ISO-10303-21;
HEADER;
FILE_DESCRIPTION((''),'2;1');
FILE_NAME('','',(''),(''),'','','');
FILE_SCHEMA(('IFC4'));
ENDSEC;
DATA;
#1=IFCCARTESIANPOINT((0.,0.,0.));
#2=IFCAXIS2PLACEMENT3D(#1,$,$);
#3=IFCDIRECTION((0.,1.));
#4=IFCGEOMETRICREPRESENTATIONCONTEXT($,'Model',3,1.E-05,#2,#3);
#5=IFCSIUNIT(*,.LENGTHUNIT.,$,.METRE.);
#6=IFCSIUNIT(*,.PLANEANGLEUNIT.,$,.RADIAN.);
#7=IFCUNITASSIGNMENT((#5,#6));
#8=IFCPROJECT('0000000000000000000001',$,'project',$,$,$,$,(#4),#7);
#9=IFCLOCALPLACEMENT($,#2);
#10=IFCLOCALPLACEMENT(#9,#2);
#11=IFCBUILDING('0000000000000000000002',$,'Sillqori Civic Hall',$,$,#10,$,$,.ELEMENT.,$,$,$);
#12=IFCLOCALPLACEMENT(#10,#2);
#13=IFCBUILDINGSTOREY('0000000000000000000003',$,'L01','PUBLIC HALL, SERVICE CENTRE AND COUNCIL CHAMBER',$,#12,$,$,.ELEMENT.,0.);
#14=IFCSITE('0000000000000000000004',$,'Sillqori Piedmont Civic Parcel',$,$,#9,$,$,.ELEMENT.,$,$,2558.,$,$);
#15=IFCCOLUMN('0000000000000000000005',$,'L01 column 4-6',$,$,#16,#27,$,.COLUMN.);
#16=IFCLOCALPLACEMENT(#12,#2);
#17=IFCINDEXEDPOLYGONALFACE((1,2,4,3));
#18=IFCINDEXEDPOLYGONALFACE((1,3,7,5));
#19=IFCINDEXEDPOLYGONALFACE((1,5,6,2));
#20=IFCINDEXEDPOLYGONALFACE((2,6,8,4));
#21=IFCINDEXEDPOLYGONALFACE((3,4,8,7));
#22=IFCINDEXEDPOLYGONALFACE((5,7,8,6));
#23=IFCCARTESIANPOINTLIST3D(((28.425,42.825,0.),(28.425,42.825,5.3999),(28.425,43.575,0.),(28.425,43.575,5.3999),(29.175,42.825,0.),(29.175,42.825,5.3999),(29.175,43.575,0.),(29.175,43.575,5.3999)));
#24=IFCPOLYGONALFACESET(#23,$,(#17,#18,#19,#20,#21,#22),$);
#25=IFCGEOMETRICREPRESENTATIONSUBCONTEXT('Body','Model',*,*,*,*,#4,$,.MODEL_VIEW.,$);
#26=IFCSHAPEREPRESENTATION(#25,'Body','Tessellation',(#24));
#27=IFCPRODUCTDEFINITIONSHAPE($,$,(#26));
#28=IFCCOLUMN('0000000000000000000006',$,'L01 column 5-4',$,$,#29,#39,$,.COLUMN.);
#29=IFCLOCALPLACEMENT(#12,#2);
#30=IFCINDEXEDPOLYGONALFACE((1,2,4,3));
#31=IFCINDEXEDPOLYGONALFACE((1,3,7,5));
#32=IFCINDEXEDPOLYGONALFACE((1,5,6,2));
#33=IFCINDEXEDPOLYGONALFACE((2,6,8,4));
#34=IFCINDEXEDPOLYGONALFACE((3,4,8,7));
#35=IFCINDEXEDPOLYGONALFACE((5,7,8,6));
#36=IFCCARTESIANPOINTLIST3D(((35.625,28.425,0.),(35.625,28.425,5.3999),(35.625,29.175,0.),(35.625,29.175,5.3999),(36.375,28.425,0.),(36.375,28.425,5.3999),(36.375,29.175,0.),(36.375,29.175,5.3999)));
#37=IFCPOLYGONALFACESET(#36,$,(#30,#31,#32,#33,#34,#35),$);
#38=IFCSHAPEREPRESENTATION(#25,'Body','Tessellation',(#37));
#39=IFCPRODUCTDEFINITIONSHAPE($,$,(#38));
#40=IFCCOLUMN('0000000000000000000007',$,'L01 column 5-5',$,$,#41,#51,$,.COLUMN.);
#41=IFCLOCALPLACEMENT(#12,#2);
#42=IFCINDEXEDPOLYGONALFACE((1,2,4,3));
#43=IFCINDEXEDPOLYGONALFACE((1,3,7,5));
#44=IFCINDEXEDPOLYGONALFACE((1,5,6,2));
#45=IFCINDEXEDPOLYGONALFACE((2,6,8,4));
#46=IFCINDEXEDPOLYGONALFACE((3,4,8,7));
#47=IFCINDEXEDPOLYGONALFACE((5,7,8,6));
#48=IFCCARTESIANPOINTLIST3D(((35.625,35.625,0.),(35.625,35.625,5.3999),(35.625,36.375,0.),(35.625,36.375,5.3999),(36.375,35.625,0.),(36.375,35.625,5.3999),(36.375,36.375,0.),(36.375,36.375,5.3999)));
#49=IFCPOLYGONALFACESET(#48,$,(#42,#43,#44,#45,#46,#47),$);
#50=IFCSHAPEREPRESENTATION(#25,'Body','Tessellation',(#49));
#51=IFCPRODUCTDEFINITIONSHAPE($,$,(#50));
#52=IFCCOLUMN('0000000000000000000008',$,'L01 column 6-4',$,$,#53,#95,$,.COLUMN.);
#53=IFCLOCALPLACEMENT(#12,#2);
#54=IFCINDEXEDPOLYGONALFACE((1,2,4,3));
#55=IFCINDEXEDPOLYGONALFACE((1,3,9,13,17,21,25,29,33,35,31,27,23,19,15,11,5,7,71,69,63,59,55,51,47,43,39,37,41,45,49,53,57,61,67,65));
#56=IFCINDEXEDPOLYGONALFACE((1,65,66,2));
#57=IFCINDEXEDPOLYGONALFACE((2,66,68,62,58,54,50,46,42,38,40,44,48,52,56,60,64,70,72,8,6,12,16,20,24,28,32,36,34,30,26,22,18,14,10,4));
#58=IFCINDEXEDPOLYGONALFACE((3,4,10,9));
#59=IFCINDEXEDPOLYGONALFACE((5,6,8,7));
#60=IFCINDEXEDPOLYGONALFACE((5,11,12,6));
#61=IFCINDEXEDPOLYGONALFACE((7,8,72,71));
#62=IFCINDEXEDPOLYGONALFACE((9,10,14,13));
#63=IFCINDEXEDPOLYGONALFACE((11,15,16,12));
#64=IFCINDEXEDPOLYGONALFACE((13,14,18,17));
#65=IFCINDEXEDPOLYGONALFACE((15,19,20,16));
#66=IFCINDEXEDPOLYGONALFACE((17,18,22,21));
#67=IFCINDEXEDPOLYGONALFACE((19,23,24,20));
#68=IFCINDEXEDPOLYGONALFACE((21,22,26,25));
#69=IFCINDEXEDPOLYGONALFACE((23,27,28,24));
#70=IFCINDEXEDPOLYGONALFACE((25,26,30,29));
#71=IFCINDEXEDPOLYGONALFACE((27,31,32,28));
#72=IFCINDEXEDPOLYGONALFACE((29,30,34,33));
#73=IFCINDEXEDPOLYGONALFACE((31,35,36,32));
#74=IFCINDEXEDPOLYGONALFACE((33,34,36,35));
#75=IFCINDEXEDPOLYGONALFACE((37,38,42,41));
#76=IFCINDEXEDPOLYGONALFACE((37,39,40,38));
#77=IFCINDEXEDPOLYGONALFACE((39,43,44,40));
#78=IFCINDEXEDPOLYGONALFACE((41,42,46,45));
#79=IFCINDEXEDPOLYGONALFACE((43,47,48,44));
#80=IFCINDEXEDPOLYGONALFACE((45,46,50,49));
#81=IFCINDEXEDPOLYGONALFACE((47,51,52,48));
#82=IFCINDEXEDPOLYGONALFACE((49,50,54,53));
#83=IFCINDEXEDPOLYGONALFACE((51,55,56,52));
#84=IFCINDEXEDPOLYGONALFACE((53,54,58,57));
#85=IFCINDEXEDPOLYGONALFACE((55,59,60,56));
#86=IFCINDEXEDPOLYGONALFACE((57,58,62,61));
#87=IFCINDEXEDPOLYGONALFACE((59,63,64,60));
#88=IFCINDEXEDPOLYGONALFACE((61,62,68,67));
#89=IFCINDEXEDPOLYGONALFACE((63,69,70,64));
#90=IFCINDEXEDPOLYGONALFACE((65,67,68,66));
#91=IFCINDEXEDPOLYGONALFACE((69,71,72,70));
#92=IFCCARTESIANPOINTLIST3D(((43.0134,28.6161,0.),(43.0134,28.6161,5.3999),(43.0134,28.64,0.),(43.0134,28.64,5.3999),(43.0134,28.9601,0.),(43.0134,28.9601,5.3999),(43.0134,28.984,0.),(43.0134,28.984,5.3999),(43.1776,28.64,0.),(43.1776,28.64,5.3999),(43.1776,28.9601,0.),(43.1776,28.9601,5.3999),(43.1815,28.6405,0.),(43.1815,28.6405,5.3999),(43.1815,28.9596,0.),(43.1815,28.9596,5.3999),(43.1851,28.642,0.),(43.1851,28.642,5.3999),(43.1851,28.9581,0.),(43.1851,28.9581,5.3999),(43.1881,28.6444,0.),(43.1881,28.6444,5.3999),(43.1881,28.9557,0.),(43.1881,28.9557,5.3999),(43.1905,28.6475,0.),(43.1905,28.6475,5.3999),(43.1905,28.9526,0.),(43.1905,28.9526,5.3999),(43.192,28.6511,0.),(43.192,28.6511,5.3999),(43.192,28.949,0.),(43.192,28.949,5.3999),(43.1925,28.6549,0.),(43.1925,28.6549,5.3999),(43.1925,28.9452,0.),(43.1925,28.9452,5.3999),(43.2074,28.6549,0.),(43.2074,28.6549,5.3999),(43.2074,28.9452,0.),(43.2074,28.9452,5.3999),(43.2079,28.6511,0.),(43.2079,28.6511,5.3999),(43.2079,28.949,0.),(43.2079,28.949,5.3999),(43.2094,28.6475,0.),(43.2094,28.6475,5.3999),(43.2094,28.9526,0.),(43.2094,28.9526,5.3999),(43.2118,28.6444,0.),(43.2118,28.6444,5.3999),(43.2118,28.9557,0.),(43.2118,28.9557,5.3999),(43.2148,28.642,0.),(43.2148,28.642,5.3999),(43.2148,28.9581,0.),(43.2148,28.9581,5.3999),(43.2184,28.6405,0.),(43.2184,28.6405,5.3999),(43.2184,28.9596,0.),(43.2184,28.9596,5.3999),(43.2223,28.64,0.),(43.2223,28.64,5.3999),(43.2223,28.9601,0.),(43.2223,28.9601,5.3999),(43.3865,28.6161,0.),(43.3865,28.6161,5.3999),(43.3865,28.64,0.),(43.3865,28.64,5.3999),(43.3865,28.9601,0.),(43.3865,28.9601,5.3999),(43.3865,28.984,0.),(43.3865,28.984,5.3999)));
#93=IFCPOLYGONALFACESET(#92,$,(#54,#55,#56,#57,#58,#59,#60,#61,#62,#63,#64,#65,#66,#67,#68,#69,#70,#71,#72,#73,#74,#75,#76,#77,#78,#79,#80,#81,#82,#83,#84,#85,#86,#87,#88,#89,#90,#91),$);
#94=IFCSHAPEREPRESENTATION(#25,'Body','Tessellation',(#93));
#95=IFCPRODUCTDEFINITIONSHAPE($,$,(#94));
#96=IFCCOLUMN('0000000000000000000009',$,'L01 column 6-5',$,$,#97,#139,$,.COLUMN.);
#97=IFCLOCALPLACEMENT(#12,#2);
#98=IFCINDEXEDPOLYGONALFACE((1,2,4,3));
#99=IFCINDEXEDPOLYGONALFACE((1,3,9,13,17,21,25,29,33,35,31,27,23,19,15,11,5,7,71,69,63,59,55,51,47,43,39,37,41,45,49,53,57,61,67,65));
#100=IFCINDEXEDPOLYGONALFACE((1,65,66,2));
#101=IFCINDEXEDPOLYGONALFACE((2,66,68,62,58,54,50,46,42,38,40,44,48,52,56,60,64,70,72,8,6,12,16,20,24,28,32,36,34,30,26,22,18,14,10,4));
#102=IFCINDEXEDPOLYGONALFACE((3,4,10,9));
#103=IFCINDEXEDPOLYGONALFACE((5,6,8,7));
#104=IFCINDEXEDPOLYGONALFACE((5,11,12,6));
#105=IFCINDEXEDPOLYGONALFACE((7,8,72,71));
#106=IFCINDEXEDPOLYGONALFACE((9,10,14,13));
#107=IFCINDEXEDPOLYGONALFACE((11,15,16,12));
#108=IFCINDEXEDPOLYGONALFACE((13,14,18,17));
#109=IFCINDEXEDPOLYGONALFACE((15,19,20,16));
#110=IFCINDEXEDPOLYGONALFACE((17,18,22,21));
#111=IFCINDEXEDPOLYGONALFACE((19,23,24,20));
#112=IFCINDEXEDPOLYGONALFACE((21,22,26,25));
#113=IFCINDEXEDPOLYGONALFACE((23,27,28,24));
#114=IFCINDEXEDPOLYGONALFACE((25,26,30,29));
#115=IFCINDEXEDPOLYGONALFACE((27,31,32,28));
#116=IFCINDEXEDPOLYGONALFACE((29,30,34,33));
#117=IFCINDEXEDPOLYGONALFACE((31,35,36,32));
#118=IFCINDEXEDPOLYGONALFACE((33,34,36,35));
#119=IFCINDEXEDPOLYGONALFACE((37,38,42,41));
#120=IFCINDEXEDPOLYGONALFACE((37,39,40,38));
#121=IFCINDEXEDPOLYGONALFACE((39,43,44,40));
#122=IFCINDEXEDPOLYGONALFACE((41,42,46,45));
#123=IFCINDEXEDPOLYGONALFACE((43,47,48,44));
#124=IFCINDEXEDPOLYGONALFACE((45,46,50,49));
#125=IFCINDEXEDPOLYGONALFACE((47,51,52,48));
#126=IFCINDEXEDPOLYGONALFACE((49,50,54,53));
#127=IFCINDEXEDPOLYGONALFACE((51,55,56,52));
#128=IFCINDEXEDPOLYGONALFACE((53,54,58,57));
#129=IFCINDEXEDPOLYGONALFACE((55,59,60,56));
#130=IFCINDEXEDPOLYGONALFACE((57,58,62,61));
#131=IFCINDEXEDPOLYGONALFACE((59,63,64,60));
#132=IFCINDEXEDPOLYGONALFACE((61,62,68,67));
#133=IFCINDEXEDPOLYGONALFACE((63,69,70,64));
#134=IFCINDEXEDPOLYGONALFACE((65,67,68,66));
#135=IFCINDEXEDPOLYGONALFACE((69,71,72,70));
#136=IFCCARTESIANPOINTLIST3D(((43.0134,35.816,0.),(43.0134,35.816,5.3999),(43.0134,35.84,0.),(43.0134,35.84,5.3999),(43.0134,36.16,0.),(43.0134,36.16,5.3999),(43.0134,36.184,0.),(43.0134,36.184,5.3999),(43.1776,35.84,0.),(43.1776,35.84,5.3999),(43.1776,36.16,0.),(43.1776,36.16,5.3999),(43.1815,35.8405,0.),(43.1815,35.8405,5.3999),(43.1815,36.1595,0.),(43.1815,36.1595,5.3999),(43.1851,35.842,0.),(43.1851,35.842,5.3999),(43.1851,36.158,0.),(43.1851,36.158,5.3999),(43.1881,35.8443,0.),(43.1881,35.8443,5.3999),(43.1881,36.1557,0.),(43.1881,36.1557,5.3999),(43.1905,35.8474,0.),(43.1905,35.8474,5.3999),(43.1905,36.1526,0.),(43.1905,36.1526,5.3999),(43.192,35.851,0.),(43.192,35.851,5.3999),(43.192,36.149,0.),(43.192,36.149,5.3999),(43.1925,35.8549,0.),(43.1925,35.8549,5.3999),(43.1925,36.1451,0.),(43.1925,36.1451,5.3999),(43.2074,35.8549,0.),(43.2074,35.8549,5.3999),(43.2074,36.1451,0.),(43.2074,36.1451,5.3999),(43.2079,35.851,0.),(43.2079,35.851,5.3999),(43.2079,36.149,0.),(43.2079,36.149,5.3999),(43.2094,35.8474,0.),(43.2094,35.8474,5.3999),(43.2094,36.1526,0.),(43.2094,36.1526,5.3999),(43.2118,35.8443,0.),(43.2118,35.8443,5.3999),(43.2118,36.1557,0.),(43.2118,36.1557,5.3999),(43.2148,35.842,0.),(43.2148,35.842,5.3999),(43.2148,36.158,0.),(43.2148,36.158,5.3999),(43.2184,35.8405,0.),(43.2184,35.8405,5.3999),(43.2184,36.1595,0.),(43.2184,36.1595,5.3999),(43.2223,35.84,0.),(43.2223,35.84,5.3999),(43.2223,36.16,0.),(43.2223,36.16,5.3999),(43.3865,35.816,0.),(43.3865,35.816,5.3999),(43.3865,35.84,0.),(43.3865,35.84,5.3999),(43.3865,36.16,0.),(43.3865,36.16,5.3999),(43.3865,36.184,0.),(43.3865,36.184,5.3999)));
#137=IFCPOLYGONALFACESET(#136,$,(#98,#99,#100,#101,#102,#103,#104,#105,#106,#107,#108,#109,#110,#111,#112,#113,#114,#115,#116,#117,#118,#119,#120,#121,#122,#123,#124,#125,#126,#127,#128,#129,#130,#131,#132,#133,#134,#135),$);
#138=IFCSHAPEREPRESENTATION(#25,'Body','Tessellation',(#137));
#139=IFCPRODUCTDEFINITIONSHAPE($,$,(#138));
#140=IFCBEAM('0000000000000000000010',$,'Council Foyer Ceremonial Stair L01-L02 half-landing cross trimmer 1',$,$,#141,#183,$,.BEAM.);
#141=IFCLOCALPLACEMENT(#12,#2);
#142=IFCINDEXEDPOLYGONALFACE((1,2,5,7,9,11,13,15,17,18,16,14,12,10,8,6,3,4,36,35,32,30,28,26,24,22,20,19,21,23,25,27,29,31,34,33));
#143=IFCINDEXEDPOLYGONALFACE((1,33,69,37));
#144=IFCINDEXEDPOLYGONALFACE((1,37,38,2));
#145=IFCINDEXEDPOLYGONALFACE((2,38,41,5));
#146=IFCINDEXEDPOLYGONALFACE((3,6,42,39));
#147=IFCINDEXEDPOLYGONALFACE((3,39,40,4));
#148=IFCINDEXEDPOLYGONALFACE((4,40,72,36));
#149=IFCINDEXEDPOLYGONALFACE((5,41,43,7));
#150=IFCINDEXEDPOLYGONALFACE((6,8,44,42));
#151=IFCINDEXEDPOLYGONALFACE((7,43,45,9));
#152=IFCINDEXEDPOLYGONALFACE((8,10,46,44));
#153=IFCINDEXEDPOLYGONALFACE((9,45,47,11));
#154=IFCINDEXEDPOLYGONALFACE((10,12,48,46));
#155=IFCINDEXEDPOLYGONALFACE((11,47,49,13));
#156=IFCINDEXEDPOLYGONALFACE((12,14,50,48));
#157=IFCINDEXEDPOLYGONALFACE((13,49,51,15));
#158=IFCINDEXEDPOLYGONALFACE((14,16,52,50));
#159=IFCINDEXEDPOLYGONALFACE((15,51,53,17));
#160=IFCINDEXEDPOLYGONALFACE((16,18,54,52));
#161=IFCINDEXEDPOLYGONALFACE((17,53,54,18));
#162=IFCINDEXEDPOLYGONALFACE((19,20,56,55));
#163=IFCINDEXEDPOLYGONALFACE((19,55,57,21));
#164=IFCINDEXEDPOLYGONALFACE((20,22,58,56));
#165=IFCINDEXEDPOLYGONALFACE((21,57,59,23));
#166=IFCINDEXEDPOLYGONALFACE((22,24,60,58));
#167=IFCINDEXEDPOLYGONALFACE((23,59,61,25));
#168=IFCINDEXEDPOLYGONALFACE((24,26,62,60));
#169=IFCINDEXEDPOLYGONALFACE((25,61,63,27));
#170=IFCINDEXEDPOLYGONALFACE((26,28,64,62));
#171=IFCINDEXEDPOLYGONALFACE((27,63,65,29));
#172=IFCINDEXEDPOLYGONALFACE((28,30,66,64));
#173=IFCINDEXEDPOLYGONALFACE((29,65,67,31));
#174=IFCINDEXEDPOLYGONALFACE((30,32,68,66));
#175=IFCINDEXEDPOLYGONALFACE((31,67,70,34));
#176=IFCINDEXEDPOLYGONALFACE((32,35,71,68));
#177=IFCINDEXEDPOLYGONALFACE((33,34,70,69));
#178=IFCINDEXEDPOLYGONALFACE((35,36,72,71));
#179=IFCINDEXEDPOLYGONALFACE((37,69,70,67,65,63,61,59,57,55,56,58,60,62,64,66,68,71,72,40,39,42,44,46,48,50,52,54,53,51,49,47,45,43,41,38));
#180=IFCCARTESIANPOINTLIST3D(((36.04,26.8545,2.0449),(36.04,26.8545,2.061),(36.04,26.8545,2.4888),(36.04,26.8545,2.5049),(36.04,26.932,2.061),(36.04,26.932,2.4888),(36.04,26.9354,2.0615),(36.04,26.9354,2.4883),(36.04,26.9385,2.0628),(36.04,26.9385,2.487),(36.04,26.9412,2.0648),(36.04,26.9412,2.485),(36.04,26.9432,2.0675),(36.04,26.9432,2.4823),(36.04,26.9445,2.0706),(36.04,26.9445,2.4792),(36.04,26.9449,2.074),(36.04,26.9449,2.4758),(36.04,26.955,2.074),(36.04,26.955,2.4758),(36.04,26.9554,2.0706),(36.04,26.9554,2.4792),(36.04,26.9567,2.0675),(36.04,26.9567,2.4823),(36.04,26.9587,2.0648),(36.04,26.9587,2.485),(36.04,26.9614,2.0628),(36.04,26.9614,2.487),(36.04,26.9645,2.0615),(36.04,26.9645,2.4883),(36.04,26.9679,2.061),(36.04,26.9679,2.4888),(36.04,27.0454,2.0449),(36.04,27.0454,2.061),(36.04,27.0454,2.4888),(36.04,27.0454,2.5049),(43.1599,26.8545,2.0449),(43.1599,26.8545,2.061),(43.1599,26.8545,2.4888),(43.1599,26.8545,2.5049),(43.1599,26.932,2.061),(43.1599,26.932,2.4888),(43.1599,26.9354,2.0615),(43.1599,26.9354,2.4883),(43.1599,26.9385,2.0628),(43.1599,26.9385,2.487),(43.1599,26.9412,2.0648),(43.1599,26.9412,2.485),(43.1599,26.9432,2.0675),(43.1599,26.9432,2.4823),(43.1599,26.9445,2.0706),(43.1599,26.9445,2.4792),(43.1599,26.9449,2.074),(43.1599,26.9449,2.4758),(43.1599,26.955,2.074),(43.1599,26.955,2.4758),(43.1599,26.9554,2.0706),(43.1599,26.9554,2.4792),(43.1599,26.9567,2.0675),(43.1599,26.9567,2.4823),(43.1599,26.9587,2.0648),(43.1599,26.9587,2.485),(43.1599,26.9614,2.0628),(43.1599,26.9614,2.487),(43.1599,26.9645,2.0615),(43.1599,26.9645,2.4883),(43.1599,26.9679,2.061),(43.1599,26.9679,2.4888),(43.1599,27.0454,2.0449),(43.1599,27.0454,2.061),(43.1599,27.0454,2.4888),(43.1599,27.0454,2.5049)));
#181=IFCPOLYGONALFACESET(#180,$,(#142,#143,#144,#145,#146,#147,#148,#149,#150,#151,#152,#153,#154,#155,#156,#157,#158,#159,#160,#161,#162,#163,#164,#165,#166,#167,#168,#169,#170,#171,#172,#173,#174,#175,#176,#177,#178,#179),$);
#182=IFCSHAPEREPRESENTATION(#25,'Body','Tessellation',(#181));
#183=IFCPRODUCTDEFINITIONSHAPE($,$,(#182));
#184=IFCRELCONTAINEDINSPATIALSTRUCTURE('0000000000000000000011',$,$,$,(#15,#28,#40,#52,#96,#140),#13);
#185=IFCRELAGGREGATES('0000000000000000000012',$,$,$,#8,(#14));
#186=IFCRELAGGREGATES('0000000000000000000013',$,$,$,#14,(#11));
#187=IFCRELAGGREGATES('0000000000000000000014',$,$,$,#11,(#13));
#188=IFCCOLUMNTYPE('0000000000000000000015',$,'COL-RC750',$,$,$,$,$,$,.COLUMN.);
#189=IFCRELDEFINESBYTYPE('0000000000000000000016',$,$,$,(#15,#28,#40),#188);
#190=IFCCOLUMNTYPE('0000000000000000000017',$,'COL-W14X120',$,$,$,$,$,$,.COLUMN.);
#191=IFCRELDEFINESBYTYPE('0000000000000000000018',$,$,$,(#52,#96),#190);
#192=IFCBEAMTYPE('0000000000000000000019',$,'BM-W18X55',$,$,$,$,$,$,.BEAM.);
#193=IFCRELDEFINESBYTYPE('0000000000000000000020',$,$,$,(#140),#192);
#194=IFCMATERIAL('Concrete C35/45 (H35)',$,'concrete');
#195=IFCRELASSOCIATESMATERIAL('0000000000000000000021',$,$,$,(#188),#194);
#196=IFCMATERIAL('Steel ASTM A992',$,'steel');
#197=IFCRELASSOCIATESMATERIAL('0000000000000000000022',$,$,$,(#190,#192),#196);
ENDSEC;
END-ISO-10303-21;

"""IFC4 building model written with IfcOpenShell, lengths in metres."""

from ifc_helpers import new_model, si_unit, direction, frame, origin, origin_2d, place, context, subcontext, project, spatial, rectangle, i_section, extrude, material, material_profile, profile_set, type_object, element, save


model = new_model("IFC4")

# Units and contexts
model_context = context("Model", 3, precision=1e-05, world=origin(), true_north=direction((0.0, 1.0)))
body_context = subcontext(model_context, "Body", "Model", "MODEL_VIEW")
ifc_project = project(units=[si_unit("LENGTHUNIT", "METRE"), si_unit("PLANEANGLEUNIT", "RADIAN")], contexts=[model_context])

# Site, building, storey
site_placement = place(None, origin())
site = spatial("IfcSite", under=ifc_project, at=site_placement, Name="Sillqori Piedmont Civic Parcel", CompositionType="ELEMENT", RefElevation=2558.0)
building_placement = place(site_placement, origin())
building = spatial("IfcBuilding", under=site, at=building_placement, Name="Sillqori Civic Hall", CompositionType="ELEMENT")
storey_placement = place(building_placement, origin())
storey = spatial("IfcBuildingStorey", under=building, at=storey_placement, Name="L01", Description="PUBLIC HALL, SERVICE CENTRE AND COUNCIL CHAMBER", CompositionType="ELEMENT", Elevation=0.0)

# Columns
ifc_material_1 = material(Name="Concrete C35/45 (H35)", Category="concrete")
ifc_material_profile_1 = material_profile(ifc_material_1, rectangle(XDim=0.75, YDim=0.75, at=origin_2d()), Name="RC 750x750")
ifc_profile_set_1 = profile_set([ifc_material_profile_1], Name="Concrete C35/45 (H35)")
column_type_1 = type_object("IfcColumnType", Name="COL-RC750", PredefinedType="COLUMN", material=ifc_profile_set_1)
for number, where, z_axis, x_axis, name in (
    (1, (28.8, 43.2, 0.0), (0.0, 0.0, 1.0), (1.0, 0.0, 0.0), "L01 column 4-6"),
    (2, (36.0, 28.8, 0.0), (0.0, 0.0, 1.0), (1.0, 0.0, 0.0), "L01 column 5-4"),
    (3, (36.0, 36.0, 0.0), (0.0, 0.0, 1.0), (1.0, 0.0, 0.0), "L01 column 5-5"),
):
    element("IfcColumn", number, at=place(storey_placement, frame(where, z_axis=z_axis, x_axis=x_axis)), inside=storey, type_object=column_type_1, Name=name, PredefinedType="COLUMN", context=body_context, shape_type="SweptSolid", body=[
        extrude(rectangle(XDim=0.75, YDim=0.75, at=origin_2d()), origin(), (0.0, 0.0, 1.0), 5.3999),
    ])
ifc_material_2 = material(Name="Steel ASTM A992", Category="steel")
ifc_material_profile_2 = material_profile(ifc_material_2, i_section(OverallWidth=0.373, OverallDepth=0.3679, WebThickness=0.0149, FlangeThickness=0.0239, FilletRadius=0.0149, at=origin_2d()), Name="W14X120")
ifc_profile_set_2 = profile_set([ifc_material_profile_2], Name="Steel ASTM A992")
column_type_2 = type_object("IfcColumnType", Name="COL-W14X120", PredefinedType="COLUMN", material=ifc_profile_set_2)
for number, where, z_axis, x_axis, name in (
    (4, (43.2, 28.8, 0.0), (0.0, 0.0, 1.0), (1.0, 0.0, 0.0), "L01 column 6-4"),
    (5, (43.2, 36.0, 0.0), (0.0, 0.0, 1.0), (1.0, 0.0, 0.0), "L01 column 6-5"),
):
    element("IfcColumn", number, at=place(storey_placement, frame(where, z_axis=z_axis, x_axis=x_axis)), inside=storey, type_object=column_type_2, Name=name, PredefinedType="COLUMN", context=body_context, shape_type="SweptSolid", body=[
        extrude(i_section(OverallWidth=0.373, OverallDepth=0.3679, WebThickness=0.0149, FlangeThickness=0.0239, FilletRadius=0.0149, at=origin_2d()), origin(), (0.0, 0.0, 1.0), 5.3999),
    ])

# Beam
ifc_material_profile_3 = material_profile(ifc_material_2, i_section(OverallWidth=0.1909, OverallDepth=0.46, WebThickness=0.01, FlangeThickness=0.0161, FilletRadius=0.0129, at=origin_2d()), Name="W18X55")
ifc_profile_set_3 = profile_set([ifc_material_profile_3], Name="Steel ASTM A992")
beam_type_1 = type_object("IfcBeamType", Name="BM-W18X55", PredefinedType="BEAM", material=ifc_profile_set_3)
for number, where, z_axis, x_axis, name in (
    (6, (36.04, 26.95, 2.2749), (1.0, 0.0, 0.0), (0.0, 1.0, 0.0), "Council Foyer Ceremonial Stair L01-L02 half-landing cross trimmer 1"),
):
    element("IfcBeam", number, at=place(storey_placement, frame(where, z_axis=z_axis, x_axis=x_axis)), inside=storey, type_object=beam_type_1, Name=name, PredefinedType="BEAM", context=body_context, shape_type="SweptSolid", body=[
        extrude(i_section(OverallWidth=0.1909, OverallDepth=0.46, WebThickness=0.01, FlangeThickness=0.0161, FilletRadius=0.0129, at=origin_2d()), origin(), (0.0, 0.0, 1.0), 7.1199),
    ])

save(model, "model.ifc")
